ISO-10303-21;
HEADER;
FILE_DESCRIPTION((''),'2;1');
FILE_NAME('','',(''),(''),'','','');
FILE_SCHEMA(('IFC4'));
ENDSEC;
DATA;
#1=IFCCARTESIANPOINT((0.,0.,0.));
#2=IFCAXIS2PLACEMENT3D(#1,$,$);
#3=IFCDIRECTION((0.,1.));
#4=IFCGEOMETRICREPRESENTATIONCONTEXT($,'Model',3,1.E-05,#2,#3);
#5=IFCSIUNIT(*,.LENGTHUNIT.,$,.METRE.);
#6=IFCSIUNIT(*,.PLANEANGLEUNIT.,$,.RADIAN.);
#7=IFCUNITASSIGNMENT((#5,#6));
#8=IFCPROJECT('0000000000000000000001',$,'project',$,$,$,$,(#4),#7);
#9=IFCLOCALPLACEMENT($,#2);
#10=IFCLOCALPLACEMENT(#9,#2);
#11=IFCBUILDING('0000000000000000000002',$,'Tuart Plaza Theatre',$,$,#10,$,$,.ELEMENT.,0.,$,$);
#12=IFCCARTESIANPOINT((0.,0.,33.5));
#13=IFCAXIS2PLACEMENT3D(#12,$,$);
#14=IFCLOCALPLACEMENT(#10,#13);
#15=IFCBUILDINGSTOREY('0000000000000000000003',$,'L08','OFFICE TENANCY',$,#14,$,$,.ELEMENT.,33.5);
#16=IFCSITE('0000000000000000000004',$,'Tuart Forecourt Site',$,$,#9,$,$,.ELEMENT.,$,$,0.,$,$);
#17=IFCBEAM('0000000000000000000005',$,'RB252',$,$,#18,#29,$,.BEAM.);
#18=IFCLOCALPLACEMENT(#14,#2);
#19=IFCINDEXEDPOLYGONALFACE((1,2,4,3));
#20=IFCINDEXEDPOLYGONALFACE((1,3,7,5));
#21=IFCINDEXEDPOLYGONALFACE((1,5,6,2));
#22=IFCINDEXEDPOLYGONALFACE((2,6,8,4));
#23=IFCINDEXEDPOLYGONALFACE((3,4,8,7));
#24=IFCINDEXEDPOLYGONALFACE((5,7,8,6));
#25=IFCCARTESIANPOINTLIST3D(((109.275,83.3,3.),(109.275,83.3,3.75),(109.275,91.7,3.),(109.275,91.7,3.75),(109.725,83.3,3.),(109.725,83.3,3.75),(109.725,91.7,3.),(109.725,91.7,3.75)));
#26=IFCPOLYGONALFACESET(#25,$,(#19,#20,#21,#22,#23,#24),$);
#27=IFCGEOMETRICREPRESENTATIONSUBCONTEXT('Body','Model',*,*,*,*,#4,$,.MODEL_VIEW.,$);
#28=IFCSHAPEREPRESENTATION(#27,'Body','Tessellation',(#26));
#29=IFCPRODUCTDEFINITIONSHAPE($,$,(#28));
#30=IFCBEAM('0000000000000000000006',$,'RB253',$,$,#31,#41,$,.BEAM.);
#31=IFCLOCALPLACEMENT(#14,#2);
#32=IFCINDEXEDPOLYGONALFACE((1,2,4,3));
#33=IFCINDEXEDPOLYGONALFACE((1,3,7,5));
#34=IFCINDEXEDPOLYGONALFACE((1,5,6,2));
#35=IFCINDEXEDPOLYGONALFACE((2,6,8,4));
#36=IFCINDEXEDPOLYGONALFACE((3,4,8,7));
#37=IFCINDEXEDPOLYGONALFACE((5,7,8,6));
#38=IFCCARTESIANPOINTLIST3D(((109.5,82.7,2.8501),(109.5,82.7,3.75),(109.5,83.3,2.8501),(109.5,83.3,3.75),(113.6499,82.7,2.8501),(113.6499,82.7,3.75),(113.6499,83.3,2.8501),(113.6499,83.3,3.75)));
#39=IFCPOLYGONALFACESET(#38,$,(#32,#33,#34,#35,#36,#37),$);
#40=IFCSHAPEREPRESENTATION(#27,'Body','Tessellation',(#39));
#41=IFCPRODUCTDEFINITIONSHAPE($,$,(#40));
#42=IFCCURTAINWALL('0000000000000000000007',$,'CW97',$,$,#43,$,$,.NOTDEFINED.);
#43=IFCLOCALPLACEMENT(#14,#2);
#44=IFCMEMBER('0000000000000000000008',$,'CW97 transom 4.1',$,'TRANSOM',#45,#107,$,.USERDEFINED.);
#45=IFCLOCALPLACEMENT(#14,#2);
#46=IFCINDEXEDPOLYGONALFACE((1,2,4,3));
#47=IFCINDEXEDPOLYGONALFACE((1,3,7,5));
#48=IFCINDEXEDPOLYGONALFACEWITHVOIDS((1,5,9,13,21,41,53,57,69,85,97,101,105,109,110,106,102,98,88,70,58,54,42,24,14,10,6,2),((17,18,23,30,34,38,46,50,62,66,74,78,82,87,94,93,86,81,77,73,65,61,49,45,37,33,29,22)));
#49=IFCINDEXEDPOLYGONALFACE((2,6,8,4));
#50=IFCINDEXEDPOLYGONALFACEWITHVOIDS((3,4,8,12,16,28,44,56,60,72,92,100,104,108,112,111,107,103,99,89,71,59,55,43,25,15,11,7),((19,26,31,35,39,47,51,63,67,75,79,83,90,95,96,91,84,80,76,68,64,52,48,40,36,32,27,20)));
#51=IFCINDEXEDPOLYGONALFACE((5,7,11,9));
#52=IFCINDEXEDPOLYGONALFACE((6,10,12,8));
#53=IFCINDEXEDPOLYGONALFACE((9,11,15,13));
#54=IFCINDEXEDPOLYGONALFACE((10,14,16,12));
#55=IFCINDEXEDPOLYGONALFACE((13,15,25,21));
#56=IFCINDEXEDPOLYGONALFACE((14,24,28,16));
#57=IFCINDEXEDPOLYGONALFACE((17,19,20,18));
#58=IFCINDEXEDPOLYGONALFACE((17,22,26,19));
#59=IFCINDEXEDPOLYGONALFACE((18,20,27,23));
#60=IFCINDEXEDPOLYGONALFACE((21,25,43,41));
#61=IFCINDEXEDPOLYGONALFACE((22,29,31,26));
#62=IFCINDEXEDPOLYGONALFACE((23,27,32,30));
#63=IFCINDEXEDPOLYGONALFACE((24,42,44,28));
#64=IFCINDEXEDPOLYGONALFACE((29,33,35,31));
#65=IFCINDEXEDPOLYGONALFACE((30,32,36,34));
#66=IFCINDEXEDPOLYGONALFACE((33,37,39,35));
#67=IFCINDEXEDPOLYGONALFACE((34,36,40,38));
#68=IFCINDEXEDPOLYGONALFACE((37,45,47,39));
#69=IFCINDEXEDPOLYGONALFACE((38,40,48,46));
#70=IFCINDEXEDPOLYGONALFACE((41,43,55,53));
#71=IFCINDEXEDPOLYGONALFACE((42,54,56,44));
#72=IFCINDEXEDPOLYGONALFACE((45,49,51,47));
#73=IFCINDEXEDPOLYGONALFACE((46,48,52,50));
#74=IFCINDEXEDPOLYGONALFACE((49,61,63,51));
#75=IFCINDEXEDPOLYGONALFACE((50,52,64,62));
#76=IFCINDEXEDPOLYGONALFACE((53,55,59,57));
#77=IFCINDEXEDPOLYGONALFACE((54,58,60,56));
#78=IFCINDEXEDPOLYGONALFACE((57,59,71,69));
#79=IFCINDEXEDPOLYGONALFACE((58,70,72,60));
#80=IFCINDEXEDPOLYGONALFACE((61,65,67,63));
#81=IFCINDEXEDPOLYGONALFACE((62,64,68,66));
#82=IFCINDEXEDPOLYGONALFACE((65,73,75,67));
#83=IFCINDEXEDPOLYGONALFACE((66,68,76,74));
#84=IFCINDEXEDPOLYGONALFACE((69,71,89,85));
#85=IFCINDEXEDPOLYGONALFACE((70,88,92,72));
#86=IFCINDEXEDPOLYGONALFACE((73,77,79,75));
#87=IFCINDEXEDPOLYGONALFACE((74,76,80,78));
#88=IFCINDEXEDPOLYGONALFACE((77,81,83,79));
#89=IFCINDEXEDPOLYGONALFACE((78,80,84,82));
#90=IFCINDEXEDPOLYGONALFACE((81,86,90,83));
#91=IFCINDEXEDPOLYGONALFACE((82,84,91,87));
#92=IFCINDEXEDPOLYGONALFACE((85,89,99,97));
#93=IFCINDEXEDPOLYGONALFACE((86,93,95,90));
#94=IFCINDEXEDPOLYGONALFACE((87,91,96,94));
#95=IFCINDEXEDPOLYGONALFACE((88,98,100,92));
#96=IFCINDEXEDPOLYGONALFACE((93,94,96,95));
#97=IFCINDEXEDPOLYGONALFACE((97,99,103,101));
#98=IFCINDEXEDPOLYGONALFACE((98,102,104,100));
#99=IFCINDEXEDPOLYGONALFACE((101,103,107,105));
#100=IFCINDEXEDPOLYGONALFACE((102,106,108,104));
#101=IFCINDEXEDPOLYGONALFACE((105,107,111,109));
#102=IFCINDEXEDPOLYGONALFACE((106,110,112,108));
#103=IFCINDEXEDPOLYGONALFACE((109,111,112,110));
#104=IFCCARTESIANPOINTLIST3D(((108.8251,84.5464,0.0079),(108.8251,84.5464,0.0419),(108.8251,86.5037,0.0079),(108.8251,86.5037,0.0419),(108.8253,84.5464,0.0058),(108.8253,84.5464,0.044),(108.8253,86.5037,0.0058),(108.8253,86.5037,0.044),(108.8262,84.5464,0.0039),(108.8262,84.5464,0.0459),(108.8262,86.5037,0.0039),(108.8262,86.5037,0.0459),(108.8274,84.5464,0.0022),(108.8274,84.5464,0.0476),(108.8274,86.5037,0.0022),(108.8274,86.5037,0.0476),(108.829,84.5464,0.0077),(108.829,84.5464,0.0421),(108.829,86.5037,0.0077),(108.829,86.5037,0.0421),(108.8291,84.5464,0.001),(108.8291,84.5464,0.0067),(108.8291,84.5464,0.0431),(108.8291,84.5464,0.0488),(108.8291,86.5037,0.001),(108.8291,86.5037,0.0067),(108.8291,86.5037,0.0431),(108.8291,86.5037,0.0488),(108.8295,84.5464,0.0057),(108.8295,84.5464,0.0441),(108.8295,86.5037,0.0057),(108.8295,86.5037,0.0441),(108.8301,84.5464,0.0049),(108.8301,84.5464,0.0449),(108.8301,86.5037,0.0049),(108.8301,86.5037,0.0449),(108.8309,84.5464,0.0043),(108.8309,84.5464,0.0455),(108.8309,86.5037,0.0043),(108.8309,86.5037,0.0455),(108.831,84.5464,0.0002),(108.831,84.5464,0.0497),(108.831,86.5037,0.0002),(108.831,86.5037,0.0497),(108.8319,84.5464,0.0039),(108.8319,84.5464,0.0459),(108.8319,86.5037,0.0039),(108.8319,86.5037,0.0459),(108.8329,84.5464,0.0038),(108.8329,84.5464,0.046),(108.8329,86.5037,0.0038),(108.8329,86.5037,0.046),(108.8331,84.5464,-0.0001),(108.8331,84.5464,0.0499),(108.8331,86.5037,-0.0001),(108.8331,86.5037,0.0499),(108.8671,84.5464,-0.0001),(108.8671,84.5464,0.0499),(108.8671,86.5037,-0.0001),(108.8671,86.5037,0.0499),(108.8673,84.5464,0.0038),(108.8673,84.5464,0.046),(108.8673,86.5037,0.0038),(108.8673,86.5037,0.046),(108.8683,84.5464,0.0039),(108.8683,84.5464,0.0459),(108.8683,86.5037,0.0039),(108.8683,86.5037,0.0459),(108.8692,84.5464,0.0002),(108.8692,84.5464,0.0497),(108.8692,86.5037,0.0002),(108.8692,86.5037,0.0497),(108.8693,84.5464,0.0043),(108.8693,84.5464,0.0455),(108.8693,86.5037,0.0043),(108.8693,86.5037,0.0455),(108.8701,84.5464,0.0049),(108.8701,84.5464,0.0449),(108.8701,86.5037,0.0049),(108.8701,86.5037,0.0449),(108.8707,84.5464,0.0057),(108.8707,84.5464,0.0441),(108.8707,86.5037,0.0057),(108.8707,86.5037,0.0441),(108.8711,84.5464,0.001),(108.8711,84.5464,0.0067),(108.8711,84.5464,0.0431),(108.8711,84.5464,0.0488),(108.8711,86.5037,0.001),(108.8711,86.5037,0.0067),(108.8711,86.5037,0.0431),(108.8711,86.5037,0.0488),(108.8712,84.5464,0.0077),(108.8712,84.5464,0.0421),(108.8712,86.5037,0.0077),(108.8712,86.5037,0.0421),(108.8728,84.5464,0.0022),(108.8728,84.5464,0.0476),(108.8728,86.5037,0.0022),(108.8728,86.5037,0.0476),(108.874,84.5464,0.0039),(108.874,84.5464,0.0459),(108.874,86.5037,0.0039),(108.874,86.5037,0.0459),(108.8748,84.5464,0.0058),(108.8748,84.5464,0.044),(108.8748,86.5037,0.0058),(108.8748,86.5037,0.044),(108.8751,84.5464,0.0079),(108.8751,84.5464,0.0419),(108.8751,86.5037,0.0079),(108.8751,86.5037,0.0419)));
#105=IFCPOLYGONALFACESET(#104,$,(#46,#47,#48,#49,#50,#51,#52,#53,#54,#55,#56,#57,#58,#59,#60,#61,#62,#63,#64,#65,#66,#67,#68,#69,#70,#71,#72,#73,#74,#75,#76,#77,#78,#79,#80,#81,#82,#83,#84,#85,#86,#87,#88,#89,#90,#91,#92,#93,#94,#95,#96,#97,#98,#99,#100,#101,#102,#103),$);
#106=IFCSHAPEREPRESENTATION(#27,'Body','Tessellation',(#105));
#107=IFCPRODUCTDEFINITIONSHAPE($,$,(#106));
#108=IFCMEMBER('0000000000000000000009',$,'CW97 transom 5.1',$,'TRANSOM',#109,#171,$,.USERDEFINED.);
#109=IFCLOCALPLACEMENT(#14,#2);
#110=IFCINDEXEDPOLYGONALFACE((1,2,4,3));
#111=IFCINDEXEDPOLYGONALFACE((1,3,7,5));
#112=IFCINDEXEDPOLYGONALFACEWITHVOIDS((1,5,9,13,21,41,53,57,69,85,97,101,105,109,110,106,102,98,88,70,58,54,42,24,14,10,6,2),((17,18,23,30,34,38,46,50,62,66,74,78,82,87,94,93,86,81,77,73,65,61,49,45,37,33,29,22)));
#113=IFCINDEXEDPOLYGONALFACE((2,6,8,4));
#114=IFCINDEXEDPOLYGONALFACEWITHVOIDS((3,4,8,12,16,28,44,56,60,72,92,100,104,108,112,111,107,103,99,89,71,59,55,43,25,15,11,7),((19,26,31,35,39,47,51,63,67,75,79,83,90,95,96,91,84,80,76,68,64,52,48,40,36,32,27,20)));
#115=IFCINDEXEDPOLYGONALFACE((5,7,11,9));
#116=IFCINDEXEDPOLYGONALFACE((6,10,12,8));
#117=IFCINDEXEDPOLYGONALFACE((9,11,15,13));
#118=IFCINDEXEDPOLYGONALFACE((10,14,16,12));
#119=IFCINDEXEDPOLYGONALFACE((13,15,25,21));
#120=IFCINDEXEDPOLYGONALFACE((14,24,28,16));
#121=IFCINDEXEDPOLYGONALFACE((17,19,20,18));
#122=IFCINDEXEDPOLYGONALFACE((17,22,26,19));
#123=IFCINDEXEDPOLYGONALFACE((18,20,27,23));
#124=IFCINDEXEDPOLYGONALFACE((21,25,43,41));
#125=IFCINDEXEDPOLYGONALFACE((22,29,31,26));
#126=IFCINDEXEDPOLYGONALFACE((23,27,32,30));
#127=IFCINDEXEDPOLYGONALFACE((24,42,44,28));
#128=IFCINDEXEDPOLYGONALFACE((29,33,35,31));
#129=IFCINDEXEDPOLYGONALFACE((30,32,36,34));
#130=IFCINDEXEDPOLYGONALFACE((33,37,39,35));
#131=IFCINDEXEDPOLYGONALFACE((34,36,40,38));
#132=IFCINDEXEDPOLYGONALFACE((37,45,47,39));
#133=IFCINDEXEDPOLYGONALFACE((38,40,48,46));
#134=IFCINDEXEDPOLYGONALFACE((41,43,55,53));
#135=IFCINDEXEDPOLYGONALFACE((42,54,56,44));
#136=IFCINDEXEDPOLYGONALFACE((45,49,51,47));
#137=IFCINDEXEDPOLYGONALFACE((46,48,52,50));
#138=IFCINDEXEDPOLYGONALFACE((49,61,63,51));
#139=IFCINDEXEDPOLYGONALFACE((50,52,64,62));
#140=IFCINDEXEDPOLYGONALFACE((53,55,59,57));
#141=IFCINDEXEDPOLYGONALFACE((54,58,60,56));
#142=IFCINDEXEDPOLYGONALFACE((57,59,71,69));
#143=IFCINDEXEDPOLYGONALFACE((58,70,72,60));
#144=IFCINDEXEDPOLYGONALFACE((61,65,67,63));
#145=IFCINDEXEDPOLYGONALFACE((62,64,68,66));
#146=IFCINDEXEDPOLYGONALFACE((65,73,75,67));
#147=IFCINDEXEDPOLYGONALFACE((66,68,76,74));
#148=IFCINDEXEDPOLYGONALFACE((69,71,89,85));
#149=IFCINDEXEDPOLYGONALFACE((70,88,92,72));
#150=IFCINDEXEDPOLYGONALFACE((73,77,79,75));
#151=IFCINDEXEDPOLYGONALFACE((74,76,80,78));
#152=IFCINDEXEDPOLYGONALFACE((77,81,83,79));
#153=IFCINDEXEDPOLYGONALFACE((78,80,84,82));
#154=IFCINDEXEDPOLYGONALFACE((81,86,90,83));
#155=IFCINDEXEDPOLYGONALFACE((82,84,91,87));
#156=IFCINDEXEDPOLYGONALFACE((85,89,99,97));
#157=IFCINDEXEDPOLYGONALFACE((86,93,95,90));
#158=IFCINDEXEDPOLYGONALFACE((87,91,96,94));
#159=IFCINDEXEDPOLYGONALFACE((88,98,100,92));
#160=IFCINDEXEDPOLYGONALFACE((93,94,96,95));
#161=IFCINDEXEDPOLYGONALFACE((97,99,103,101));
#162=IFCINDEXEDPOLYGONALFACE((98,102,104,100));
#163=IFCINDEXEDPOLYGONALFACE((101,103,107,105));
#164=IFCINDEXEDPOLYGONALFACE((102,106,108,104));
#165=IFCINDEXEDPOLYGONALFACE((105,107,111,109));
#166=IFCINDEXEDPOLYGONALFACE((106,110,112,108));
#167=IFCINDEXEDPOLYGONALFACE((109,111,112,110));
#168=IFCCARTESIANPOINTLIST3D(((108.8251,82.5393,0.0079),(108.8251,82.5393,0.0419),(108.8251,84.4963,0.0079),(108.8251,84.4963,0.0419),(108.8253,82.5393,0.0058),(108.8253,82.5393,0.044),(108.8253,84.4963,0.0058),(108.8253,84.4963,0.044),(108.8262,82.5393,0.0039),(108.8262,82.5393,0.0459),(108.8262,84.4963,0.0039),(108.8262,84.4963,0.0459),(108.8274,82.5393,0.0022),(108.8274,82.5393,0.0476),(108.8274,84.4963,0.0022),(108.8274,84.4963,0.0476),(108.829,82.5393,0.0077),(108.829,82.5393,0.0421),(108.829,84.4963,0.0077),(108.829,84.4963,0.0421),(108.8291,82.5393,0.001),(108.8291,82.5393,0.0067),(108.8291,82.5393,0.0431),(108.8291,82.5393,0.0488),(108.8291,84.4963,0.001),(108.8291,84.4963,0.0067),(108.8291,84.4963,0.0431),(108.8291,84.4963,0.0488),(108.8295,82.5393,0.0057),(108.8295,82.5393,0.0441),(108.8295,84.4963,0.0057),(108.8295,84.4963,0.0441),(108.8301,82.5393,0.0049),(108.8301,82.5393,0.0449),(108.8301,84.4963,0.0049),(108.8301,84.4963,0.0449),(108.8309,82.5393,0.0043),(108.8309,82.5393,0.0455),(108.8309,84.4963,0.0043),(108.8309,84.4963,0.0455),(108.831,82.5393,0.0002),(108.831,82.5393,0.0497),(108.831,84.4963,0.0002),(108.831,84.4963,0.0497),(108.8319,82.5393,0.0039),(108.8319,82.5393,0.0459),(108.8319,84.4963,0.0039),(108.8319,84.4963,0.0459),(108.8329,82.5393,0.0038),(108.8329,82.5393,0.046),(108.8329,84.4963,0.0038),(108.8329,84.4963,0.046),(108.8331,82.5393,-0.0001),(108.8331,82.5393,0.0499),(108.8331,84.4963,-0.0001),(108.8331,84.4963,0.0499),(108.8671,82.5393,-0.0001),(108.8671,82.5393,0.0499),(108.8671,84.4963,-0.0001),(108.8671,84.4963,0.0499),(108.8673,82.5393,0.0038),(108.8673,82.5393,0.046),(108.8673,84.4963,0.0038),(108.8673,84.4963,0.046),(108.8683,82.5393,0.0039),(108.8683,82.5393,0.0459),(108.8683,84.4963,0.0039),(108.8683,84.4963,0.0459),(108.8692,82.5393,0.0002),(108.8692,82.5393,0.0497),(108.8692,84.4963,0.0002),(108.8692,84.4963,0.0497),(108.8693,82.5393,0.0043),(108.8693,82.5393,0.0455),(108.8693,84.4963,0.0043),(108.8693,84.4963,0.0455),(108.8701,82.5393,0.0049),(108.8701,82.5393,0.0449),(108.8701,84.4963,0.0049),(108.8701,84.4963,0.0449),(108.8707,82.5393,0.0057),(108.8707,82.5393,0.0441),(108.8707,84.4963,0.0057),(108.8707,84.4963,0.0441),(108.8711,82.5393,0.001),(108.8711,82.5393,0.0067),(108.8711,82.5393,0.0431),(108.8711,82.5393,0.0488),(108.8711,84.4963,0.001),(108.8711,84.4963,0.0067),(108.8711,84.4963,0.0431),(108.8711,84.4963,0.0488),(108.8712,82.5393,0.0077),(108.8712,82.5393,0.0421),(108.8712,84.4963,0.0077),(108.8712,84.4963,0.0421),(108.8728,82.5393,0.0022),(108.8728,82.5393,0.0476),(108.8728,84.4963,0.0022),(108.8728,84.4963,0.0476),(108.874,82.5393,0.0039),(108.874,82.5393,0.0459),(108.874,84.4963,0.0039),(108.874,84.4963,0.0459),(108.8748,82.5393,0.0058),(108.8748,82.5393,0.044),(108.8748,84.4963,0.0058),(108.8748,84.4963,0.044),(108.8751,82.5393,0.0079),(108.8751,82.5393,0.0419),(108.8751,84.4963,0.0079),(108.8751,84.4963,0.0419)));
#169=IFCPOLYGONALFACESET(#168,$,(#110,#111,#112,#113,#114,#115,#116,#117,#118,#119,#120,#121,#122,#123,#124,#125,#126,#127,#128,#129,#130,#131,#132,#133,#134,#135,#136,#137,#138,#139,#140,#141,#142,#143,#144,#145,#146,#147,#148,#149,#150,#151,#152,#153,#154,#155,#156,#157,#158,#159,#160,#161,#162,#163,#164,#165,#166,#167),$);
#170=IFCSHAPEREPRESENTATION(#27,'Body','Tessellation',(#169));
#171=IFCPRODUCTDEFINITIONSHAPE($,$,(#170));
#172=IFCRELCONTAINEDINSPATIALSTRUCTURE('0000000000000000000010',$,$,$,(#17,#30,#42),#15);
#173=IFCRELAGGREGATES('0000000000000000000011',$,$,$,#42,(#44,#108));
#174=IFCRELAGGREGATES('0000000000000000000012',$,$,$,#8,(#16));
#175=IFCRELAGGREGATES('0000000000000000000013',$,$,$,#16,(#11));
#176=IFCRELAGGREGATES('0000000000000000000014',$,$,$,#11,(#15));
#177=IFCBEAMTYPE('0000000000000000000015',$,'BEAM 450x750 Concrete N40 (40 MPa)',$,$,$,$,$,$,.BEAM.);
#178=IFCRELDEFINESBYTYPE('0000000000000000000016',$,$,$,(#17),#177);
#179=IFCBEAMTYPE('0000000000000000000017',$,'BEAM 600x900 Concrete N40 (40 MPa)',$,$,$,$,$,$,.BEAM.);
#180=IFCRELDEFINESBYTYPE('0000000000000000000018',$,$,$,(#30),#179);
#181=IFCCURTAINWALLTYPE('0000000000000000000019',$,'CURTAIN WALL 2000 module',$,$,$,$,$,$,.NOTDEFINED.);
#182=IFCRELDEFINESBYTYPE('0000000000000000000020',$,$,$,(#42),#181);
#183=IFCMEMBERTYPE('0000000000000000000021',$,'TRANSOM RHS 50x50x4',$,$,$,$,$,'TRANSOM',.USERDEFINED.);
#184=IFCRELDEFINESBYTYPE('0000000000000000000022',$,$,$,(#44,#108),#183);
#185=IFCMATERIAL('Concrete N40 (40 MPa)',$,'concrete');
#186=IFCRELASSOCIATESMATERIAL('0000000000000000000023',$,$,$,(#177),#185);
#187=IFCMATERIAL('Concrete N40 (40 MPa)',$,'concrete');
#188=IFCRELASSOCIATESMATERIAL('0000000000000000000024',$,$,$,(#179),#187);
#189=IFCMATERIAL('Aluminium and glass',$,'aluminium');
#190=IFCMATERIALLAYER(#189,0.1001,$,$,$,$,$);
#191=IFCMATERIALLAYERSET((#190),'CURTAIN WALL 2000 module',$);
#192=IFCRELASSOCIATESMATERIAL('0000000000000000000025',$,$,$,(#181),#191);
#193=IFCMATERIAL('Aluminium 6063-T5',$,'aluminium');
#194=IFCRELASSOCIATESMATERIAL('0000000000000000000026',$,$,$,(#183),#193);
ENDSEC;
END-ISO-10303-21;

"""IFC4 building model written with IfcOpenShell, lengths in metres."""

from ifc_helpers import new_model, si_unit, direction, frame, origin, origin_2d, place, context, subcontext, project, spatial, rectangle, hollow_rectangle, extrude, material, layer, layer_set, material_profile, profile_set, type_object, element, aggregate, save


model = new_model("IFC4")

# Units and contexts
model_context = context("Model", 3, precision=1e-05, world=origin(), true_north=direction((0.0, 1.0)))
body_context = subcontext(model_context, "Body", "Model", "MODEL_VIEW")
ifc_project = project(units=[si_unit("LENGTHUNIT", "METRE"), si_unit("PLANEANGLEUNIT", "RADIAN")], contexts=[model_context])

# Site, building, storey
site_placement = place(None, origin())
site = spatial("IfcSite", under=ifc_project, at=site_placement, Name="Tuart Forecourt Site", CompositionType="ELEMENT", RefElevation=0.0)
building_placement = place(site_placement, origin())
building = spatial("IfcBuilding", under=site, at=building_placement, Name="Tuart Plaza Theatre", CompositionType="ELEMENT", ElevationOfRefHeight=0.0)
storey_placement = place(building_placement, frame((0.0, 0.0, 33.5)))
storey = spatial("IfcBuildingStorey", under=building, at=storey_placement, Name="L08", Description="OFFICE TENANCY", CompositionType="ELEMENT", Elevation=33.5)

# Beams
ifc_material_1 = material(Name="Concrete N40 (40 MPa)", Category="concrete")
ifc_material_profile_1 = material_profile(ifc_material_1, rectangle(XDim=0.45, YDim=0.75, at=origin_2d()), Name="BEAM 450x750 Concrete N40 (40 MPa)")
ifc_profile_set_1 = profile_set([ifc_material_profile_1], Name="Concrete N40 (40 MPa)")
beam_type_1 = type_object("IfcBeamType", Name="BEAM 450x750 Concrete N40 (40 MPa)", PredefinedType="BEAM", material=ifc_profile_set_1)
beam_1_placement = place(storey_placement, frame((109.5, 83.3, 3.375), z_axis=(0.0, 1.0, 0.0), x_axis=(-1.0, 0.0, 0.0)))
element("IfcBeam", 1, at=beam_1_placement, inside=storey, type_object=beam_type_1, Name="RB252", PredefinedType="BEAM", context=body_context, shape_type="SweptSolid", body=[
    extrude(rectangle(XDim=0.45, YDim=0.75, at=origin_2d()), origin(), (0.0, 0.0, 1.0), 8.3999),
])
ifc_material_2 = material(Name="Concrete N40 (40 MPa)", Category="concrete")
ifc_material_profile_2 = material_profile(ifc_material_2, rectangle(XDim=0.6001, YDim=0.8999, at=origin_2d()), Name="BEAM 600x900 Concrete N40 (40 MPa)")
ifc_profile_set_2 = profile_set([ifc_material_profile_2], Name="Concrete N40 (40 MPa)")
beam_type_2 = type_object("IfcBeamType", Name="BEAM 600x900 Concrete N40 (40 MPa)", PredefinedType="BEAM", material=ifc_profile_set_2)
beam_2_placement = place(storey_placement, frame((109.5, 83.0, 3.3), z_axis=(1.0, 0.0, 0.0), x_axis=(0.0, 1.0, 0.0)))
element("IfcBeam", 2, at=beam_2_placement, inside=storey, type_object=beam_type_2, Name="RB253", PredefinedType="BEAM", context=body_context, shape_type="SweptSolid", body=[
    extrude(rectangle(XDim=0.6001, YDim=0.8999, at=origin_2d()), origin(), (0.0, 0.0, 1.0), 4.1499),
])

# Curtain wall, members
ifc_material_3 = material(Name="Aluminium and glass", Category="aluminium")
ifc_layer_1 = layer(ifc_material_3, 0.1001)
ifc_layer_set_1 = layer_set([ifc_layer_1], Name="CURTAIN WALL 2000 module")
curtain_wall_type = type_object("IfcCurtainWallType", Name="CURTAIN WALL 2000 module", PredefinedType="NOTDEFINED", material=ifc_layer_set_1)
curtain_wall_placement = place(storey_placement, origin())
curtain_wall = element("IfcCurtainWall", 3, at=curtain_wall_placement, inside=storey, type_object=curtain_wall_type, Name="CW97", PredefinedType="NOTDEFINED")
ifc_material_4 = material(Name="Aluminium 6063-T5", Category="aluminium")
ifc_material_profile_3 = material_profile(ifc_material_4, hollow_rectangle(XDim=0.05, YDim=0.05, WallThickness=0.0039, InnerFilletRadius=0.0039, OuterFilletRadius=0.0081, at=origin_2d()), Name="RHS 50x50x4")
ifc_profile_set_3 = profile_set([ifc_material_profile_3], Name="Aluminium 6063-T5")
member_type = type_object("IfcMemberType", Name="TRANSOM RHS 50x50x4", ElementType="TRANSOM", PredefinedType="USERDEFINED", material=ifc_profile_set_3)
member_1_placement = place(storey_placement, frame((108.8501, 86.5037, 0.0249), z_axis=(0.0, -1.0, 0.0), x_axis=(1.0, 0.0, 0.0)))
member_1 = element("IfcMember", 4, at=member_1_placement, type_object=member_type, Name="CW97 transom 4.1", ObjectType="TRANSOM", PredefinedType="USERDEFINED", context=body_context, shape_type="SweptSolid", body=[
    extrude(hollow_rectangle(XDim=0.05, YDim=0.05, WallThickness=0.0039, InnerFilletRadius=0.0039, OuterFilletRadius=0.0081, at=origin_2d()), origin(), (0.0, 0.0, 1.0), 1.9573),
])
member_2_placement = place(storey_placement, frame((108.8501, 84.4963, 0.0249), z_axis=(0.0, -1.0, 0.0), x_axis=(1.0, 0.0, 0.0)))
member_2 = element("IfcMember", 5, at=member_2_placement, type_object=member_type, Name="CW97 transom 5.1", ObjectType="TRANSOM", PredefinedType="USERDEFINED", context=body_context, shape_type="SweptSolid", body=[
    extrude(hollow_rectangle(XDim=0.05, YDim=0.05, WallThickness=0.0039, InnerFilletRadius=0.0039, OuterFilletRadius=0.0081, at=origin_2d()), origin(), (0.0, 0.0, 1.0), 1.957),
])
aggregate(curtain_wall, [member_1, member_2])

save(model, "model.ifc")
